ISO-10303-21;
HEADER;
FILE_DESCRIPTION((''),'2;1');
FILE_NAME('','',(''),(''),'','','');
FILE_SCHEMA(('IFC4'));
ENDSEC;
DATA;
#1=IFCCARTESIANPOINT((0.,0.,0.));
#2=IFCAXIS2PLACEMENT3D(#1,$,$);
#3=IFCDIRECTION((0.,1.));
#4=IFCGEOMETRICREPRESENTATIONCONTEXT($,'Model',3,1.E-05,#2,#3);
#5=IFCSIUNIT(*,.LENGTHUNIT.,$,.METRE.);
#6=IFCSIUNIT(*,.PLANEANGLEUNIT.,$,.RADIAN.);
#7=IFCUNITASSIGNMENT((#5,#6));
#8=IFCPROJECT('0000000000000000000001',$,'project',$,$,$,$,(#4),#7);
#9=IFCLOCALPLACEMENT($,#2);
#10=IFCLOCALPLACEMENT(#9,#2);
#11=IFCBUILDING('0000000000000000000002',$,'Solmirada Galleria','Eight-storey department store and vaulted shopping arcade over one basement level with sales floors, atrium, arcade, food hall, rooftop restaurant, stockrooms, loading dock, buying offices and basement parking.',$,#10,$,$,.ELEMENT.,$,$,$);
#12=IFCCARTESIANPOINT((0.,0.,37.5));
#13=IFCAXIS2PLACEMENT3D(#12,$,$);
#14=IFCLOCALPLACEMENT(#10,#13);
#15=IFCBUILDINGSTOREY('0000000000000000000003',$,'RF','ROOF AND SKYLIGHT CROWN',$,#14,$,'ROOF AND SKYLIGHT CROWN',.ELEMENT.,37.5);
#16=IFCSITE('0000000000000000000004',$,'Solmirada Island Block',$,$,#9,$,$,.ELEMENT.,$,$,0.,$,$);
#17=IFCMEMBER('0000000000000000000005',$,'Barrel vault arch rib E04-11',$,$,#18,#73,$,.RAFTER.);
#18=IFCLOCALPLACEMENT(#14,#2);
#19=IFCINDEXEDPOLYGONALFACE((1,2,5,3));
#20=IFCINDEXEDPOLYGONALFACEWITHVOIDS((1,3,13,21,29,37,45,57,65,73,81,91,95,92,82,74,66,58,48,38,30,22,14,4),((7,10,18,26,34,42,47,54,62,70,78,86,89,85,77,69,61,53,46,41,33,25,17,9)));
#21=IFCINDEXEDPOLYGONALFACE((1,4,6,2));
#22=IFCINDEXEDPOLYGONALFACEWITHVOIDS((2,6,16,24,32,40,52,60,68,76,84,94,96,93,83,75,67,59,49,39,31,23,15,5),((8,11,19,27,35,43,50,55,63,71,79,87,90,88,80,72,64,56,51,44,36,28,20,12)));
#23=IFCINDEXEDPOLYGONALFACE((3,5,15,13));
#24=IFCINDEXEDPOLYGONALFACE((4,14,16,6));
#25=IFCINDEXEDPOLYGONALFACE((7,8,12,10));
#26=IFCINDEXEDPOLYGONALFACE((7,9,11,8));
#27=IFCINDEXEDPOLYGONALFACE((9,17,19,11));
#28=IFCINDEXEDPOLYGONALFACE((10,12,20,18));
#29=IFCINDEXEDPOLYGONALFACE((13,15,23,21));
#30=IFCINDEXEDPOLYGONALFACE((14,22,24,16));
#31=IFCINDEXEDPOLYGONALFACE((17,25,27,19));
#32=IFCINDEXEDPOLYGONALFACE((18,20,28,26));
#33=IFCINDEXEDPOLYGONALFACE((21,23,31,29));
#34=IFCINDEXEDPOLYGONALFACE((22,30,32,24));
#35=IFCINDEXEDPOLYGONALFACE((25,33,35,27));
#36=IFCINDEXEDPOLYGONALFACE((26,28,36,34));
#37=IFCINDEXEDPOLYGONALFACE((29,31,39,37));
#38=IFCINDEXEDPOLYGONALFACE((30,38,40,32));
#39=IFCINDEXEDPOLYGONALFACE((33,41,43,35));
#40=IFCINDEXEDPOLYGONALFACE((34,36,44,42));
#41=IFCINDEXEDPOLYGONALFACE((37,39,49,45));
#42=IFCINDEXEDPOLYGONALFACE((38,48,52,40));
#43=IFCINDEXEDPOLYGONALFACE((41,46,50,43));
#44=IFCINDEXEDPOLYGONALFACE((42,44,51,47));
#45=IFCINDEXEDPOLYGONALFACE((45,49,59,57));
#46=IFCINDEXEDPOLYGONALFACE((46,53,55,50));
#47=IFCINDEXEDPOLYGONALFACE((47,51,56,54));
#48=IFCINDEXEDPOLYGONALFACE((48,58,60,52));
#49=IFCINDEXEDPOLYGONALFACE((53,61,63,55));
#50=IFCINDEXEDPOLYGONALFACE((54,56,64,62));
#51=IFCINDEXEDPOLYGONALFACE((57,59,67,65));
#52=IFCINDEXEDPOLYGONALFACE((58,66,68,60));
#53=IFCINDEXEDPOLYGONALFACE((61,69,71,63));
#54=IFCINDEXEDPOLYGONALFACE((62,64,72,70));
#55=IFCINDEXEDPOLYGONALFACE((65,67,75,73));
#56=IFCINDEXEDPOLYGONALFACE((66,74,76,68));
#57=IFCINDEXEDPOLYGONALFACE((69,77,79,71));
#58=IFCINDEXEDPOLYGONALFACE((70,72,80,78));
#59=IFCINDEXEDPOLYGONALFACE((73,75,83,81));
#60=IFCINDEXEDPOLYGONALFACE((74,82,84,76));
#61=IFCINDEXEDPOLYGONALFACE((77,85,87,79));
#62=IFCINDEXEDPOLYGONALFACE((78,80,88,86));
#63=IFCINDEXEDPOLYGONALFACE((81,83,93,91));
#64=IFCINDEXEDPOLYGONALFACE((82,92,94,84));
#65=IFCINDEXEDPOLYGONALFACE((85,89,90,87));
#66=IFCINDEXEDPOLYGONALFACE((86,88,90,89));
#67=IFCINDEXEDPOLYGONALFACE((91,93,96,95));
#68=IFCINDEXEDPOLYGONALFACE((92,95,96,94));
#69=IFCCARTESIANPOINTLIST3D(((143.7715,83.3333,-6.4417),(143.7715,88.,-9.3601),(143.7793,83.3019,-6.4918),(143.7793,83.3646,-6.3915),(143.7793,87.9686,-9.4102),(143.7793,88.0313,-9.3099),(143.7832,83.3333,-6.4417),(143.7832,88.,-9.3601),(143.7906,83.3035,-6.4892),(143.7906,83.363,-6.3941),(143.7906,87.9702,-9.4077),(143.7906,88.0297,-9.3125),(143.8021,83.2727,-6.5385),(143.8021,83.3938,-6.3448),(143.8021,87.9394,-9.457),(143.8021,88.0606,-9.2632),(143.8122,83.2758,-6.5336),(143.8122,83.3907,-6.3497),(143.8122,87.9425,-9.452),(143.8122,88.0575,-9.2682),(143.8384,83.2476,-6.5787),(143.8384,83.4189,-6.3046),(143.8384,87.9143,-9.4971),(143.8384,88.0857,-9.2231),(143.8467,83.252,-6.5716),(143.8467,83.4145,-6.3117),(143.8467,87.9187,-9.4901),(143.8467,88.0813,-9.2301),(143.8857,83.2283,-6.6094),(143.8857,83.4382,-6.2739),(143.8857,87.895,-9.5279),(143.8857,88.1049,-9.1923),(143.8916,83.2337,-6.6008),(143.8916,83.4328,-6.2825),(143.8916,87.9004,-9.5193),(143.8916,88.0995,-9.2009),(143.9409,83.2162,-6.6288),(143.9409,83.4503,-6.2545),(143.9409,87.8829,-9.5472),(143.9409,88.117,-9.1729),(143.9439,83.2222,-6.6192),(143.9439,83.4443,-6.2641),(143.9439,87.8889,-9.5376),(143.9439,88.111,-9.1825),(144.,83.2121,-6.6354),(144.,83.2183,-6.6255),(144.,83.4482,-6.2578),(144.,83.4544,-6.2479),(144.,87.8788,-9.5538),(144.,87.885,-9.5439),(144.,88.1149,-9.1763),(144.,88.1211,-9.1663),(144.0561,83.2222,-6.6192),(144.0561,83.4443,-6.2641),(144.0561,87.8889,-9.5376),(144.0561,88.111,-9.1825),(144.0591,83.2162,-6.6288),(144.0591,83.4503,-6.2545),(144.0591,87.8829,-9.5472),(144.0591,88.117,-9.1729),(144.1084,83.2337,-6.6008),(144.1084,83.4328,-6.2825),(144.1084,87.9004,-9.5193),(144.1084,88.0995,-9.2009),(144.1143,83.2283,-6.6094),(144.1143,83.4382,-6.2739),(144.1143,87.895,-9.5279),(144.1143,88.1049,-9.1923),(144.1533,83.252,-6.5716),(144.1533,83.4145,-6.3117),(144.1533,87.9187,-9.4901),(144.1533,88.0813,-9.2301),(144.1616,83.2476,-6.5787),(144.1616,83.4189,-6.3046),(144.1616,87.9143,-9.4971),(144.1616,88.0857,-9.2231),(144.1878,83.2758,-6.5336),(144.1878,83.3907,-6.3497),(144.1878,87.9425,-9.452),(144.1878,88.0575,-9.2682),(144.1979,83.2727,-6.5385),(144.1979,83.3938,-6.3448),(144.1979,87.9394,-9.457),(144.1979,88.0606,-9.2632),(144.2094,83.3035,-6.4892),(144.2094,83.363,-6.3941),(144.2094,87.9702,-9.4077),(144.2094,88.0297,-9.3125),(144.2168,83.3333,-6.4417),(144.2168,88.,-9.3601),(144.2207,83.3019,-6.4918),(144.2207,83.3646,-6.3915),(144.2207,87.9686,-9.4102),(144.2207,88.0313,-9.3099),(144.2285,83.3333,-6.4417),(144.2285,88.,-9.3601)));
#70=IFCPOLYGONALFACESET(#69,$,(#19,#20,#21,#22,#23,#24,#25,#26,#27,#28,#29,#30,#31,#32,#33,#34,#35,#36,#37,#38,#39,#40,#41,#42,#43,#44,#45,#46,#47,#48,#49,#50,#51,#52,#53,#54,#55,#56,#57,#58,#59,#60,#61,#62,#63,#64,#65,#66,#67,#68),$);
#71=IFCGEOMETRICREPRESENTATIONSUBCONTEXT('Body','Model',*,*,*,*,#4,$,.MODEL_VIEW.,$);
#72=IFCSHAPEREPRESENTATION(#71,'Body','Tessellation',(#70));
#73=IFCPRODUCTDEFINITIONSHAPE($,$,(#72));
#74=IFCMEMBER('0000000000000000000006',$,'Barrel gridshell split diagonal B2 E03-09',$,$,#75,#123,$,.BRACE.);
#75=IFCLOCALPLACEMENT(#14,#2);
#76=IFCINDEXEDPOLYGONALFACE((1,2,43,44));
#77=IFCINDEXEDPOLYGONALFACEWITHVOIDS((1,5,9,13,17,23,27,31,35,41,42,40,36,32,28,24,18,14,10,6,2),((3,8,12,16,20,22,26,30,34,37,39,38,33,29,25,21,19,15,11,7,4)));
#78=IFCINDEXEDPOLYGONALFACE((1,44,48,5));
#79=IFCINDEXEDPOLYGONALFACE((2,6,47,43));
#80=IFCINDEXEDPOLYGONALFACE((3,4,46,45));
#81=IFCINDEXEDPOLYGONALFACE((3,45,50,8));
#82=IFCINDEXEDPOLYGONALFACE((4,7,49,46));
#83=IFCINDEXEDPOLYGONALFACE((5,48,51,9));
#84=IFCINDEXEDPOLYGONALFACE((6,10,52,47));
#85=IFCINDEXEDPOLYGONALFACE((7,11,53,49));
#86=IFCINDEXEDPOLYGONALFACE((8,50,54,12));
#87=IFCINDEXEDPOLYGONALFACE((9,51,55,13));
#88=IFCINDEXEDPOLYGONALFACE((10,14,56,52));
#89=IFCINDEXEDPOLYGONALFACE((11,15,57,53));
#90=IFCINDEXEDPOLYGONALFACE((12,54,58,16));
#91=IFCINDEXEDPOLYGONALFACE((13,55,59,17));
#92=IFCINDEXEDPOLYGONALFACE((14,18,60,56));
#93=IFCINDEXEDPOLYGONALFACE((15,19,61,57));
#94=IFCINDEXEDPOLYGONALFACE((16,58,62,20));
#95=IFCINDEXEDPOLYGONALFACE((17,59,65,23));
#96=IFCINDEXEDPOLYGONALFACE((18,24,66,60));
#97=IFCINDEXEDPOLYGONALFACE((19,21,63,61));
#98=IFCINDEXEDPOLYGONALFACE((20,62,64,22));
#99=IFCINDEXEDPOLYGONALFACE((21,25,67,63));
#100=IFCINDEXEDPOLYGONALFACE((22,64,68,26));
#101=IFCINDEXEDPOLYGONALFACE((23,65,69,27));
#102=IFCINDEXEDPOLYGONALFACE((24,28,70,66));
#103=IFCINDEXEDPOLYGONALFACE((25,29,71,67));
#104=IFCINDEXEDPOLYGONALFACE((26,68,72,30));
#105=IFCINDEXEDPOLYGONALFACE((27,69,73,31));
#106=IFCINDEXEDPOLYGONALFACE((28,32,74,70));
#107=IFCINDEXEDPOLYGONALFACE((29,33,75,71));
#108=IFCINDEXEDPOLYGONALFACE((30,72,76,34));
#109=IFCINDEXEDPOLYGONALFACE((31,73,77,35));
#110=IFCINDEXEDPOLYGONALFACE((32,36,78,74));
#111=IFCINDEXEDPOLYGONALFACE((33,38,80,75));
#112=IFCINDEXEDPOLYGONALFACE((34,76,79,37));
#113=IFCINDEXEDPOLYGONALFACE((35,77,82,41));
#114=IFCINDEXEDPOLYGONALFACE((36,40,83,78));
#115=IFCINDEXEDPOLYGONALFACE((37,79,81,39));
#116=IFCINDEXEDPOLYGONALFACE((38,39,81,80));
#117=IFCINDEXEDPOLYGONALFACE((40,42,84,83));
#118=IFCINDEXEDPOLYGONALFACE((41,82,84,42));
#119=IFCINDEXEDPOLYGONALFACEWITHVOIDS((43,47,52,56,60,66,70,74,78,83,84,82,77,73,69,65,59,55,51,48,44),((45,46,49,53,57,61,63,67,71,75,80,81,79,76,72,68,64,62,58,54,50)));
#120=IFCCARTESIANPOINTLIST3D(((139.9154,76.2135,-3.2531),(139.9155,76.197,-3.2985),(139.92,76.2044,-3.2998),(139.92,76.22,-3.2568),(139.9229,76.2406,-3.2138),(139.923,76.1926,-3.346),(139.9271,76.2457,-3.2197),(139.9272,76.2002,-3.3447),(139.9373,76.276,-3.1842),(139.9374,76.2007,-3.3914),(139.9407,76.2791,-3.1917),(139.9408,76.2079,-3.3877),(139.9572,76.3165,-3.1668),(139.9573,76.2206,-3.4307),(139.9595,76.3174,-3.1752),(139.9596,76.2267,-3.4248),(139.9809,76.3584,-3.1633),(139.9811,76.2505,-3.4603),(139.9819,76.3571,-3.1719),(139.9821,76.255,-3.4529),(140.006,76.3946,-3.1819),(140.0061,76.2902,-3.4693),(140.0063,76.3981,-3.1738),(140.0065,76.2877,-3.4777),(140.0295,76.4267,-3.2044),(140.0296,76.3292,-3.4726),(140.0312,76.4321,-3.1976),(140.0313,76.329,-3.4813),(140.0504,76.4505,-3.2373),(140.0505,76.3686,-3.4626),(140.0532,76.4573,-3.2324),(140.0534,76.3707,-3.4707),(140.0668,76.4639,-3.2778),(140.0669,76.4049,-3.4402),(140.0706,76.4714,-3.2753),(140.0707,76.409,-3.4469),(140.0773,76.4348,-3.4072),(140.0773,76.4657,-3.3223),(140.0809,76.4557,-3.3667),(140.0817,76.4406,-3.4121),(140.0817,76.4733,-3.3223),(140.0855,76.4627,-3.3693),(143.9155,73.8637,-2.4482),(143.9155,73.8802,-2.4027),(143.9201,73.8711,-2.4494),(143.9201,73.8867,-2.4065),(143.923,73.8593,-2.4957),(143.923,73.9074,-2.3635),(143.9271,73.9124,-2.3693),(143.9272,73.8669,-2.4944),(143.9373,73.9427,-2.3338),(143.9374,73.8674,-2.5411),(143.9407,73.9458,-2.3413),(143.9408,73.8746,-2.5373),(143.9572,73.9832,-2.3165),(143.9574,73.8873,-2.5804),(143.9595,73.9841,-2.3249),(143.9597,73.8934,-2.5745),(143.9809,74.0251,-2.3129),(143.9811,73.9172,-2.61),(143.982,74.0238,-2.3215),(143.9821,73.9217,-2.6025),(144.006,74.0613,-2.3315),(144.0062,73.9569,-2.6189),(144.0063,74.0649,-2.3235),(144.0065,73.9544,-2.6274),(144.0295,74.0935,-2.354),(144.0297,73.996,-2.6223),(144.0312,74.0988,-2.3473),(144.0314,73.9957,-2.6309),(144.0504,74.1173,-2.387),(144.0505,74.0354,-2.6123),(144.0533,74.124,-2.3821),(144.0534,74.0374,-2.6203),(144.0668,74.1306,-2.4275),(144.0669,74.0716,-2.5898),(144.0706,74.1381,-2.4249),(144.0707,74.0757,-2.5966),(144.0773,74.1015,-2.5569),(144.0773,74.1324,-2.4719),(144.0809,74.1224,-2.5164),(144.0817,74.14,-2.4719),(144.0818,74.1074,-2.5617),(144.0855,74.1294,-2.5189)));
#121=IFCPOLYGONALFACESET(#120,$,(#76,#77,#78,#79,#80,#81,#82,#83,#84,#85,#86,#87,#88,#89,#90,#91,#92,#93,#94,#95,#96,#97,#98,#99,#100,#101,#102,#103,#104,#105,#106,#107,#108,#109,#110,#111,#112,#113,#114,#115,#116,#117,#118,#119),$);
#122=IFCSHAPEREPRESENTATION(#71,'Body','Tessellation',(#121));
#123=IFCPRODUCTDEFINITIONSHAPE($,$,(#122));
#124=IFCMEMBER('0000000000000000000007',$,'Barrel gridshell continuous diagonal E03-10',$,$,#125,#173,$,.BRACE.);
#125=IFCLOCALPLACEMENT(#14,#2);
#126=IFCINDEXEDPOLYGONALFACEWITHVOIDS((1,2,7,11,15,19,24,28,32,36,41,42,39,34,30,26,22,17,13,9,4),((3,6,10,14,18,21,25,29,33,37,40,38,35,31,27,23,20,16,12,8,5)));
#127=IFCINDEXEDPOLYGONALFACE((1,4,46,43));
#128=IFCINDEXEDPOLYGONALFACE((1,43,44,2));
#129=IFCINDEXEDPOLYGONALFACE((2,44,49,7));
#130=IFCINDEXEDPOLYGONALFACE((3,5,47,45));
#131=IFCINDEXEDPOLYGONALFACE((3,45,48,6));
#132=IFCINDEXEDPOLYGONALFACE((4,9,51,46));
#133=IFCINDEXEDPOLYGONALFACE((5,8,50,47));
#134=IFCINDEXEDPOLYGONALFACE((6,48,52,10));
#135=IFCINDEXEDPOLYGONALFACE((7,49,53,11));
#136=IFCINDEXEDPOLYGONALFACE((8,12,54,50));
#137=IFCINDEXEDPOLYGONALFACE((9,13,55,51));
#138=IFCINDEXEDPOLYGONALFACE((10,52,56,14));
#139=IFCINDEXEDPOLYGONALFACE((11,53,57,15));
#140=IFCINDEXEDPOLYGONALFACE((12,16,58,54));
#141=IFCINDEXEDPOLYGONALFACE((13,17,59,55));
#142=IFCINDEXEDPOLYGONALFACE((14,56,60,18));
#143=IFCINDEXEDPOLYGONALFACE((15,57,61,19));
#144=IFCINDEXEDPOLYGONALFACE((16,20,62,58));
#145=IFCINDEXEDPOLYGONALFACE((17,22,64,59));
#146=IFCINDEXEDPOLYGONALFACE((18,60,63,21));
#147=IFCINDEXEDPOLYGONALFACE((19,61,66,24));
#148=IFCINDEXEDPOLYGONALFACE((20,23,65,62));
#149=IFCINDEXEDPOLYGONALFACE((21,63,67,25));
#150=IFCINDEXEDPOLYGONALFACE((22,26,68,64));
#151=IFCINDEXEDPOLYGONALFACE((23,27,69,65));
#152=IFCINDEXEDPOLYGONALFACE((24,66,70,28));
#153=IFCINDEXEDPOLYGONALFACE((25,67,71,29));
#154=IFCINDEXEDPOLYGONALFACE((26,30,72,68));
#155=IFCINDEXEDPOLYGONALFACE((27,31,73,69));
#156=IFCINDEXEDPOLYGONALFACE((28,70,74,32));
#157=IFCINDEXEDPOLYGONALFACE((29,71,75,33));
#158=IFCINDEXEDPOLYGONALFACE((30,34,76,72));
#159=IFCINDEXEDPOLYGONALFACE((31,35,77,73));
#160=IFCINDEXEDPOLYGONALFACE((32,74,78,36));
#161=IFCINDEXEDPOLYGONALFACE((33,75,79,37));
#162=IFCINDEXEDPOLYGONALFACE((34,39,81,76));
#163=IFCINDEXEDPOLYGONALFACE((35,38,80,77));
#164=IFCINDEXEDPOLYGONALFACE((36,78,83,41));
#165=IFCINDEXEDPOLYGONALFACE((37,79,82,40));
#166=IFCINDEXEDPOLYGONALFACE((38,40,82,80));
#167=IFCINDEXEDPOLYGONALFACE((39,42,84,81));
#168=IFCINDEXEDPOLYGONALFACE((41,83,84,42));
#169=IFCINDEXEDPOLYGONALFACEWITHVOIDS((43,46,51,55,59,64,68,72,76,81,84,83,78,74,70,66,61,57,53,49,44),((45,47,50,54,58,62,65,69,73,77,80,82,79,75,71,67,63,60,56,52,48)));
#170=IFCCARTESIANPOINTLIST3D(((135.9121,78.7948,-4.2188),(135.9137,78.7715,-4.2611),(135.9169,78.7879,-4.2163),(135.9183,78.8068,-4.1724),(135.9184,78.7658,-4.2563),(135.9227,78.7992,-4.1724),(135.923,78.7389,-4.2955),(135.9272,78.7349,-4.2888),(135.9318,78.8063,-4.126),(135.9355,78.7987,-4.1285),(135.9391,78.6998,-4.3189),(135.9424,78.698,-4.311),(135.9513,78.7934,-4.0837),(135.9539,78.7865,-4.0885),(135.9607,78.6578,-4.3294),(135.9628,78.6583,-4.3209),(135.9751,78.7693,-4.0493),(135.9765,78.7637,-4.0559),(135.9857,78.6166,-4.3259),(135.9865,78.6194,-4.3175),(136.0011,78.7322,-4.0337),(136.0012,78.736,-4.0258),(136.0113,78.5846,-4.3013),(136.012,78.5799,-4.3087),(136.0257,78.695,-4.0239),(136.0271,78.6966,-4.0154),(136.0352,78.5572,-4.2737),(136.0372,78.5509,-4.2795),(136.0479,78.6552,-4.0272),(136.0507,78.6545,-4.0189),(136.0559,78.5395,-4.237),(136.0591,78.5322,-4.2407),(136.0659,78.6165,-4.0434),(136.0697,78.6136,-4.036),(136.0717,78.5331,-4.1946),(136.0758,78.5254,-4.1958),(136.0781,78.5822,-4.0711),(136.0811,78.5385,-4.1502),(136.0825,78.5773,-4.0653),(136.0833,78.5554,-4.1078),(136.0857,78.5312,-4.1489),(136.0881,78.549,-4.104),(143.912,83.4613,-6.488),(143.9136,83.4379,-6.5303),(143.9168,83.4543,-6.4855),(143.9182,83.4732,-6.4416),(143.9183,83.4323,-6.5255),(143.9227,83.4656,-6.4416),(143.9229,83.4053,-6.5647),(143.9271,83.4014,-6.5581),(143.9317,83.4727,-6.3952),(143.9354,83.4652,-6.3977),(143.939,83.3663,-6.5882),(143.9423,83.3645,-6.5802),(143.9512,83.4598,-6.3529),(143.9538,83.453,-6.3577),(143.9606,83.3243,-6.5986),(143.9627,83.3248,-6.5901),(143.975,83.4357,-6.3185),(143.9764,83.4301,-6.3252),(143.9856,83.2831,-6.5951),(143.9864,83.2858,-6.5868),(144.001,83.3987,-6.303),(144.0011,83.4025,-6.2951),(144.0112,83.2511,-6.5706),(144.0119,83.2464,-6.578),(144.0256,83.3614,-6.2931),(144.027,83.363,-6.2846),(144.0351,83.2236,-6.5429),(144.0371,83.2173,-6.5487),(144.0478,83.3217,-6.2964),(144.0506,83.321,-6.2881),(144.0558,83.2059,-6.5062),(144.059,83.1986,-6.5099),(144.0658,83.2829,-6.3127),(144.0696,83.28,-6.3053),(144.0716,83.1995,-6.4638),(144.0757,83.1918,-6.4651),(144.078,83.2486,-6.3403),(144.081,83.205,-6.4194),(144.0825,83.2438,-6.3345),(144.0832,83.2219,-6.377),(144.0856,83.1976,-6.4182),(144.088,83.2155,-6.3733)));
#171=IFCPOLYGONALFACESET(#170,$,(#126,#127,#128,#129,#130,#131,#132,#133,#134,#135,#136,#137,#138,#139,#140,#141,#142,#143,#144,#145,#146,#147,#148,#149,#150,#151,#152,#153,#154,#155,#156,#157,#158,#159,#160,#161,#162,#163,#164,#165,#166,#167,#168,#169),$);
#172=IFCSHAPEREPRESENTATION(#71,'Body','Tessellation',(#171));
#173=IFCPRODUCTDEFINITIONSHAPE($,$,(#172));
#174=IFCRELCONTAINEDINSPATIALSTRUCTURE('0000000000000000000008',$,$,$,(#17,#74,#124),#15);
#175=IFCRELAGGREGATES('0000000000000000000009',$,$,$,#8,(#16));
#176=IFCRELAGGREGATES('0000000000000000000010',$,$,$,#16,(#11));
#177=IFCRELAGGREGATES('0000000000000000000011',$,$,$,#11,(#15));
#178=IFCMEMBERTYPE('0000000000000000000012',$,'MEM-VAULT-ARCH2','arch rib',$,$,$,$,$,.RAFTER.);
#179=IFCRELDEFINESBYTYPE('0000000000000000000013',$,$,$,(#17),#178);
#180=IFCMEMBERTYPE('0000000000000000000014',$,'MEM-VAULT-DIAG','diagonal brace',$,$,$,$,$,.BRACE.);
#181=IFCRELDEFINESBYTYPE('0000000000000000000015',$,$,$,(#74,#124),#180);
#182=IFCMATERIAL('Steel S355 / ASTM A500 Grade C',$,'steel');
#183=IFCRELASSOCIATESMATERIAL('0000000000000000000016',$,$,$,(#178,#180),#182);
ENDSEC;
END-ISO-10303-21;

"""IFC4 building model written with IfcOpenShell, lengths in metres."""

from ifc_helpers import new_model, si_unit, direction, frame, origin, origin_2d, place, context, subcontext, project, spatial, hollow_circle, extrude, material, material_profile, profile_set, type_object, element, save


model = new_model("IFC4")

# Units and contexts
model_context = context("Model", 3, precision=1e-05, world=origin(), true_north=direction((0.0, 1.0)))
body_context = subcontext(model_context, "Body", "Model", "MODEL_VIEW")
ifc_project = project(units=[si_unit("LENGTHUNIT", "METRE"), si_unit("PLANEANGLEUNIT", "RADIAN")], contexts=[model_context])

# Site, building, storey
site_placement = place(None, origin())
site = spatial("IfcSite", under=ifc_project, at=site_placement, Name="Solmirada Island Block", CompositionType="ELEMENT", RefElevation=0.0)
building_placement = place(site_placement, origin())
building = spatial("IfcBuilding", under=site, at=building_placement, Name="Solmirada Galleria", Description="Eight-storey department store and vaulted shopping arcade over one basement level with sales floors, atrium, arcade, food hall, rooftop restaurant, stockrooms, loading dock, buying offices and basement parking.", CompositionType="ELEMENT")
storey_placement = place(building_placement, frame((0.0, 0.0, 37.5)))
storey = spatial("IfcBuildingStorey", under=building, at=storey_placement, Name="RF", Description="ROOF AND SKYLIGHT CROWN", LongName="ROOF AND SKYLIGHT CROWN", CompositionType="ELEMENT", Elevation=37.5)

# Members
ifc_material_1 = material(Name="Steel S355 / ASTM A500 Grade C", Category="steel")
ifc_material_profile_1 = material_profile(ifc_material_1, hollow_circle(Radius=0.2285, WallThickness=0.0117, at=origin_2d()), Name="HSS18.000X0.500")
ifc_profile_set_1 = profile_set([ifc_material_profile_1], Name="Steel S355 / ASTM A500 Grade C")
member_type_1 = type_object("IfcMemberType", Name="MEM-VAULT-ARCH2", Description="arch rib", PredefinedType="RAFTER", material=ifc_profile_set_1)
member_1_placement = place(storey_placement, frame((144.0, 83.3333, -6.4417), z_axis=(0.0, 0.847856, -0.530226), x_axis=(-1.0, 0.0, 0.0)))
element("IfcMember", 1, at=member_1_placement, inside=storey, type_object=member_type_1, Name="Barrel vault arch rib E04-11", PredefinedType="RAFTER", context=body_context, shape_type="SweptSolid", body=[
    extrude(hollow_circle(Radius=0.2285, WallThickness=0.0117, at=origin_2d()), origin(), (0.0, 0.0, 1.0), 5.5042),
])
ifc_material_profile_2 = material_profile(ifc_material_1, hollow_circle(Radius=0.1621, WallThickness=0.0088, at=origin_2d()), Name="HSS12.750X0.375")
ifc_profile_set_2 = profile_set([ifc_material_profile_2], Name="Steel S355 / ASTM A500 Grade C")
member_type_2 = type_object("IfcMemberType", Name="MEM-VAULT-DIAG", Description="diagonal brace", PredefinedType="BRACE", material=ifc_profile_set_2)
member_2_placement = place(storey_placement, frame((140.0, 76.3333, -3.3223), z_axis=(0.849582, -0.495572, 0.180609), x_axis=(0.503858, 0.863787, 0.0)))
element("IfcMember", 2, at=member_2_placement, inside=storey, type_object=member_type_2, Name="Barrel gridshell split diagonal B2 E03-09", PredefinedType="BRACE", context=body_context, shape_type="SweptSolid", body=[
    extrude(hollow_circle(Radius=0.1621, WallThickness=0.0088, at=origin_2d()), origin(), (0.0, 0.0, 1.0), 4.7083),
])
member_3_placement = place(storey_placement, frame((136.0, 78.6667, -4.1724), z_axis=(0.838969, 0.489382, -0.237983), x_axis=(-0.503858, 0.863787, 0.0)))
element("IfcMember", 3, at=member_3_placement, inside=storey, type_object=member_type_2, Name="Barrel gridshell continuous diagonal E03-10", PredefinedType="BRACE", context=body_context, shape_type="SweptSolid", body=[
    extrude(hollow_circle(Radius=0.1621, WallThickness=0.0088, at=origin_2d()), origin(), (0.0, 0.0, 1.0), 9.5354),
])

save(model, "model.ifc")
